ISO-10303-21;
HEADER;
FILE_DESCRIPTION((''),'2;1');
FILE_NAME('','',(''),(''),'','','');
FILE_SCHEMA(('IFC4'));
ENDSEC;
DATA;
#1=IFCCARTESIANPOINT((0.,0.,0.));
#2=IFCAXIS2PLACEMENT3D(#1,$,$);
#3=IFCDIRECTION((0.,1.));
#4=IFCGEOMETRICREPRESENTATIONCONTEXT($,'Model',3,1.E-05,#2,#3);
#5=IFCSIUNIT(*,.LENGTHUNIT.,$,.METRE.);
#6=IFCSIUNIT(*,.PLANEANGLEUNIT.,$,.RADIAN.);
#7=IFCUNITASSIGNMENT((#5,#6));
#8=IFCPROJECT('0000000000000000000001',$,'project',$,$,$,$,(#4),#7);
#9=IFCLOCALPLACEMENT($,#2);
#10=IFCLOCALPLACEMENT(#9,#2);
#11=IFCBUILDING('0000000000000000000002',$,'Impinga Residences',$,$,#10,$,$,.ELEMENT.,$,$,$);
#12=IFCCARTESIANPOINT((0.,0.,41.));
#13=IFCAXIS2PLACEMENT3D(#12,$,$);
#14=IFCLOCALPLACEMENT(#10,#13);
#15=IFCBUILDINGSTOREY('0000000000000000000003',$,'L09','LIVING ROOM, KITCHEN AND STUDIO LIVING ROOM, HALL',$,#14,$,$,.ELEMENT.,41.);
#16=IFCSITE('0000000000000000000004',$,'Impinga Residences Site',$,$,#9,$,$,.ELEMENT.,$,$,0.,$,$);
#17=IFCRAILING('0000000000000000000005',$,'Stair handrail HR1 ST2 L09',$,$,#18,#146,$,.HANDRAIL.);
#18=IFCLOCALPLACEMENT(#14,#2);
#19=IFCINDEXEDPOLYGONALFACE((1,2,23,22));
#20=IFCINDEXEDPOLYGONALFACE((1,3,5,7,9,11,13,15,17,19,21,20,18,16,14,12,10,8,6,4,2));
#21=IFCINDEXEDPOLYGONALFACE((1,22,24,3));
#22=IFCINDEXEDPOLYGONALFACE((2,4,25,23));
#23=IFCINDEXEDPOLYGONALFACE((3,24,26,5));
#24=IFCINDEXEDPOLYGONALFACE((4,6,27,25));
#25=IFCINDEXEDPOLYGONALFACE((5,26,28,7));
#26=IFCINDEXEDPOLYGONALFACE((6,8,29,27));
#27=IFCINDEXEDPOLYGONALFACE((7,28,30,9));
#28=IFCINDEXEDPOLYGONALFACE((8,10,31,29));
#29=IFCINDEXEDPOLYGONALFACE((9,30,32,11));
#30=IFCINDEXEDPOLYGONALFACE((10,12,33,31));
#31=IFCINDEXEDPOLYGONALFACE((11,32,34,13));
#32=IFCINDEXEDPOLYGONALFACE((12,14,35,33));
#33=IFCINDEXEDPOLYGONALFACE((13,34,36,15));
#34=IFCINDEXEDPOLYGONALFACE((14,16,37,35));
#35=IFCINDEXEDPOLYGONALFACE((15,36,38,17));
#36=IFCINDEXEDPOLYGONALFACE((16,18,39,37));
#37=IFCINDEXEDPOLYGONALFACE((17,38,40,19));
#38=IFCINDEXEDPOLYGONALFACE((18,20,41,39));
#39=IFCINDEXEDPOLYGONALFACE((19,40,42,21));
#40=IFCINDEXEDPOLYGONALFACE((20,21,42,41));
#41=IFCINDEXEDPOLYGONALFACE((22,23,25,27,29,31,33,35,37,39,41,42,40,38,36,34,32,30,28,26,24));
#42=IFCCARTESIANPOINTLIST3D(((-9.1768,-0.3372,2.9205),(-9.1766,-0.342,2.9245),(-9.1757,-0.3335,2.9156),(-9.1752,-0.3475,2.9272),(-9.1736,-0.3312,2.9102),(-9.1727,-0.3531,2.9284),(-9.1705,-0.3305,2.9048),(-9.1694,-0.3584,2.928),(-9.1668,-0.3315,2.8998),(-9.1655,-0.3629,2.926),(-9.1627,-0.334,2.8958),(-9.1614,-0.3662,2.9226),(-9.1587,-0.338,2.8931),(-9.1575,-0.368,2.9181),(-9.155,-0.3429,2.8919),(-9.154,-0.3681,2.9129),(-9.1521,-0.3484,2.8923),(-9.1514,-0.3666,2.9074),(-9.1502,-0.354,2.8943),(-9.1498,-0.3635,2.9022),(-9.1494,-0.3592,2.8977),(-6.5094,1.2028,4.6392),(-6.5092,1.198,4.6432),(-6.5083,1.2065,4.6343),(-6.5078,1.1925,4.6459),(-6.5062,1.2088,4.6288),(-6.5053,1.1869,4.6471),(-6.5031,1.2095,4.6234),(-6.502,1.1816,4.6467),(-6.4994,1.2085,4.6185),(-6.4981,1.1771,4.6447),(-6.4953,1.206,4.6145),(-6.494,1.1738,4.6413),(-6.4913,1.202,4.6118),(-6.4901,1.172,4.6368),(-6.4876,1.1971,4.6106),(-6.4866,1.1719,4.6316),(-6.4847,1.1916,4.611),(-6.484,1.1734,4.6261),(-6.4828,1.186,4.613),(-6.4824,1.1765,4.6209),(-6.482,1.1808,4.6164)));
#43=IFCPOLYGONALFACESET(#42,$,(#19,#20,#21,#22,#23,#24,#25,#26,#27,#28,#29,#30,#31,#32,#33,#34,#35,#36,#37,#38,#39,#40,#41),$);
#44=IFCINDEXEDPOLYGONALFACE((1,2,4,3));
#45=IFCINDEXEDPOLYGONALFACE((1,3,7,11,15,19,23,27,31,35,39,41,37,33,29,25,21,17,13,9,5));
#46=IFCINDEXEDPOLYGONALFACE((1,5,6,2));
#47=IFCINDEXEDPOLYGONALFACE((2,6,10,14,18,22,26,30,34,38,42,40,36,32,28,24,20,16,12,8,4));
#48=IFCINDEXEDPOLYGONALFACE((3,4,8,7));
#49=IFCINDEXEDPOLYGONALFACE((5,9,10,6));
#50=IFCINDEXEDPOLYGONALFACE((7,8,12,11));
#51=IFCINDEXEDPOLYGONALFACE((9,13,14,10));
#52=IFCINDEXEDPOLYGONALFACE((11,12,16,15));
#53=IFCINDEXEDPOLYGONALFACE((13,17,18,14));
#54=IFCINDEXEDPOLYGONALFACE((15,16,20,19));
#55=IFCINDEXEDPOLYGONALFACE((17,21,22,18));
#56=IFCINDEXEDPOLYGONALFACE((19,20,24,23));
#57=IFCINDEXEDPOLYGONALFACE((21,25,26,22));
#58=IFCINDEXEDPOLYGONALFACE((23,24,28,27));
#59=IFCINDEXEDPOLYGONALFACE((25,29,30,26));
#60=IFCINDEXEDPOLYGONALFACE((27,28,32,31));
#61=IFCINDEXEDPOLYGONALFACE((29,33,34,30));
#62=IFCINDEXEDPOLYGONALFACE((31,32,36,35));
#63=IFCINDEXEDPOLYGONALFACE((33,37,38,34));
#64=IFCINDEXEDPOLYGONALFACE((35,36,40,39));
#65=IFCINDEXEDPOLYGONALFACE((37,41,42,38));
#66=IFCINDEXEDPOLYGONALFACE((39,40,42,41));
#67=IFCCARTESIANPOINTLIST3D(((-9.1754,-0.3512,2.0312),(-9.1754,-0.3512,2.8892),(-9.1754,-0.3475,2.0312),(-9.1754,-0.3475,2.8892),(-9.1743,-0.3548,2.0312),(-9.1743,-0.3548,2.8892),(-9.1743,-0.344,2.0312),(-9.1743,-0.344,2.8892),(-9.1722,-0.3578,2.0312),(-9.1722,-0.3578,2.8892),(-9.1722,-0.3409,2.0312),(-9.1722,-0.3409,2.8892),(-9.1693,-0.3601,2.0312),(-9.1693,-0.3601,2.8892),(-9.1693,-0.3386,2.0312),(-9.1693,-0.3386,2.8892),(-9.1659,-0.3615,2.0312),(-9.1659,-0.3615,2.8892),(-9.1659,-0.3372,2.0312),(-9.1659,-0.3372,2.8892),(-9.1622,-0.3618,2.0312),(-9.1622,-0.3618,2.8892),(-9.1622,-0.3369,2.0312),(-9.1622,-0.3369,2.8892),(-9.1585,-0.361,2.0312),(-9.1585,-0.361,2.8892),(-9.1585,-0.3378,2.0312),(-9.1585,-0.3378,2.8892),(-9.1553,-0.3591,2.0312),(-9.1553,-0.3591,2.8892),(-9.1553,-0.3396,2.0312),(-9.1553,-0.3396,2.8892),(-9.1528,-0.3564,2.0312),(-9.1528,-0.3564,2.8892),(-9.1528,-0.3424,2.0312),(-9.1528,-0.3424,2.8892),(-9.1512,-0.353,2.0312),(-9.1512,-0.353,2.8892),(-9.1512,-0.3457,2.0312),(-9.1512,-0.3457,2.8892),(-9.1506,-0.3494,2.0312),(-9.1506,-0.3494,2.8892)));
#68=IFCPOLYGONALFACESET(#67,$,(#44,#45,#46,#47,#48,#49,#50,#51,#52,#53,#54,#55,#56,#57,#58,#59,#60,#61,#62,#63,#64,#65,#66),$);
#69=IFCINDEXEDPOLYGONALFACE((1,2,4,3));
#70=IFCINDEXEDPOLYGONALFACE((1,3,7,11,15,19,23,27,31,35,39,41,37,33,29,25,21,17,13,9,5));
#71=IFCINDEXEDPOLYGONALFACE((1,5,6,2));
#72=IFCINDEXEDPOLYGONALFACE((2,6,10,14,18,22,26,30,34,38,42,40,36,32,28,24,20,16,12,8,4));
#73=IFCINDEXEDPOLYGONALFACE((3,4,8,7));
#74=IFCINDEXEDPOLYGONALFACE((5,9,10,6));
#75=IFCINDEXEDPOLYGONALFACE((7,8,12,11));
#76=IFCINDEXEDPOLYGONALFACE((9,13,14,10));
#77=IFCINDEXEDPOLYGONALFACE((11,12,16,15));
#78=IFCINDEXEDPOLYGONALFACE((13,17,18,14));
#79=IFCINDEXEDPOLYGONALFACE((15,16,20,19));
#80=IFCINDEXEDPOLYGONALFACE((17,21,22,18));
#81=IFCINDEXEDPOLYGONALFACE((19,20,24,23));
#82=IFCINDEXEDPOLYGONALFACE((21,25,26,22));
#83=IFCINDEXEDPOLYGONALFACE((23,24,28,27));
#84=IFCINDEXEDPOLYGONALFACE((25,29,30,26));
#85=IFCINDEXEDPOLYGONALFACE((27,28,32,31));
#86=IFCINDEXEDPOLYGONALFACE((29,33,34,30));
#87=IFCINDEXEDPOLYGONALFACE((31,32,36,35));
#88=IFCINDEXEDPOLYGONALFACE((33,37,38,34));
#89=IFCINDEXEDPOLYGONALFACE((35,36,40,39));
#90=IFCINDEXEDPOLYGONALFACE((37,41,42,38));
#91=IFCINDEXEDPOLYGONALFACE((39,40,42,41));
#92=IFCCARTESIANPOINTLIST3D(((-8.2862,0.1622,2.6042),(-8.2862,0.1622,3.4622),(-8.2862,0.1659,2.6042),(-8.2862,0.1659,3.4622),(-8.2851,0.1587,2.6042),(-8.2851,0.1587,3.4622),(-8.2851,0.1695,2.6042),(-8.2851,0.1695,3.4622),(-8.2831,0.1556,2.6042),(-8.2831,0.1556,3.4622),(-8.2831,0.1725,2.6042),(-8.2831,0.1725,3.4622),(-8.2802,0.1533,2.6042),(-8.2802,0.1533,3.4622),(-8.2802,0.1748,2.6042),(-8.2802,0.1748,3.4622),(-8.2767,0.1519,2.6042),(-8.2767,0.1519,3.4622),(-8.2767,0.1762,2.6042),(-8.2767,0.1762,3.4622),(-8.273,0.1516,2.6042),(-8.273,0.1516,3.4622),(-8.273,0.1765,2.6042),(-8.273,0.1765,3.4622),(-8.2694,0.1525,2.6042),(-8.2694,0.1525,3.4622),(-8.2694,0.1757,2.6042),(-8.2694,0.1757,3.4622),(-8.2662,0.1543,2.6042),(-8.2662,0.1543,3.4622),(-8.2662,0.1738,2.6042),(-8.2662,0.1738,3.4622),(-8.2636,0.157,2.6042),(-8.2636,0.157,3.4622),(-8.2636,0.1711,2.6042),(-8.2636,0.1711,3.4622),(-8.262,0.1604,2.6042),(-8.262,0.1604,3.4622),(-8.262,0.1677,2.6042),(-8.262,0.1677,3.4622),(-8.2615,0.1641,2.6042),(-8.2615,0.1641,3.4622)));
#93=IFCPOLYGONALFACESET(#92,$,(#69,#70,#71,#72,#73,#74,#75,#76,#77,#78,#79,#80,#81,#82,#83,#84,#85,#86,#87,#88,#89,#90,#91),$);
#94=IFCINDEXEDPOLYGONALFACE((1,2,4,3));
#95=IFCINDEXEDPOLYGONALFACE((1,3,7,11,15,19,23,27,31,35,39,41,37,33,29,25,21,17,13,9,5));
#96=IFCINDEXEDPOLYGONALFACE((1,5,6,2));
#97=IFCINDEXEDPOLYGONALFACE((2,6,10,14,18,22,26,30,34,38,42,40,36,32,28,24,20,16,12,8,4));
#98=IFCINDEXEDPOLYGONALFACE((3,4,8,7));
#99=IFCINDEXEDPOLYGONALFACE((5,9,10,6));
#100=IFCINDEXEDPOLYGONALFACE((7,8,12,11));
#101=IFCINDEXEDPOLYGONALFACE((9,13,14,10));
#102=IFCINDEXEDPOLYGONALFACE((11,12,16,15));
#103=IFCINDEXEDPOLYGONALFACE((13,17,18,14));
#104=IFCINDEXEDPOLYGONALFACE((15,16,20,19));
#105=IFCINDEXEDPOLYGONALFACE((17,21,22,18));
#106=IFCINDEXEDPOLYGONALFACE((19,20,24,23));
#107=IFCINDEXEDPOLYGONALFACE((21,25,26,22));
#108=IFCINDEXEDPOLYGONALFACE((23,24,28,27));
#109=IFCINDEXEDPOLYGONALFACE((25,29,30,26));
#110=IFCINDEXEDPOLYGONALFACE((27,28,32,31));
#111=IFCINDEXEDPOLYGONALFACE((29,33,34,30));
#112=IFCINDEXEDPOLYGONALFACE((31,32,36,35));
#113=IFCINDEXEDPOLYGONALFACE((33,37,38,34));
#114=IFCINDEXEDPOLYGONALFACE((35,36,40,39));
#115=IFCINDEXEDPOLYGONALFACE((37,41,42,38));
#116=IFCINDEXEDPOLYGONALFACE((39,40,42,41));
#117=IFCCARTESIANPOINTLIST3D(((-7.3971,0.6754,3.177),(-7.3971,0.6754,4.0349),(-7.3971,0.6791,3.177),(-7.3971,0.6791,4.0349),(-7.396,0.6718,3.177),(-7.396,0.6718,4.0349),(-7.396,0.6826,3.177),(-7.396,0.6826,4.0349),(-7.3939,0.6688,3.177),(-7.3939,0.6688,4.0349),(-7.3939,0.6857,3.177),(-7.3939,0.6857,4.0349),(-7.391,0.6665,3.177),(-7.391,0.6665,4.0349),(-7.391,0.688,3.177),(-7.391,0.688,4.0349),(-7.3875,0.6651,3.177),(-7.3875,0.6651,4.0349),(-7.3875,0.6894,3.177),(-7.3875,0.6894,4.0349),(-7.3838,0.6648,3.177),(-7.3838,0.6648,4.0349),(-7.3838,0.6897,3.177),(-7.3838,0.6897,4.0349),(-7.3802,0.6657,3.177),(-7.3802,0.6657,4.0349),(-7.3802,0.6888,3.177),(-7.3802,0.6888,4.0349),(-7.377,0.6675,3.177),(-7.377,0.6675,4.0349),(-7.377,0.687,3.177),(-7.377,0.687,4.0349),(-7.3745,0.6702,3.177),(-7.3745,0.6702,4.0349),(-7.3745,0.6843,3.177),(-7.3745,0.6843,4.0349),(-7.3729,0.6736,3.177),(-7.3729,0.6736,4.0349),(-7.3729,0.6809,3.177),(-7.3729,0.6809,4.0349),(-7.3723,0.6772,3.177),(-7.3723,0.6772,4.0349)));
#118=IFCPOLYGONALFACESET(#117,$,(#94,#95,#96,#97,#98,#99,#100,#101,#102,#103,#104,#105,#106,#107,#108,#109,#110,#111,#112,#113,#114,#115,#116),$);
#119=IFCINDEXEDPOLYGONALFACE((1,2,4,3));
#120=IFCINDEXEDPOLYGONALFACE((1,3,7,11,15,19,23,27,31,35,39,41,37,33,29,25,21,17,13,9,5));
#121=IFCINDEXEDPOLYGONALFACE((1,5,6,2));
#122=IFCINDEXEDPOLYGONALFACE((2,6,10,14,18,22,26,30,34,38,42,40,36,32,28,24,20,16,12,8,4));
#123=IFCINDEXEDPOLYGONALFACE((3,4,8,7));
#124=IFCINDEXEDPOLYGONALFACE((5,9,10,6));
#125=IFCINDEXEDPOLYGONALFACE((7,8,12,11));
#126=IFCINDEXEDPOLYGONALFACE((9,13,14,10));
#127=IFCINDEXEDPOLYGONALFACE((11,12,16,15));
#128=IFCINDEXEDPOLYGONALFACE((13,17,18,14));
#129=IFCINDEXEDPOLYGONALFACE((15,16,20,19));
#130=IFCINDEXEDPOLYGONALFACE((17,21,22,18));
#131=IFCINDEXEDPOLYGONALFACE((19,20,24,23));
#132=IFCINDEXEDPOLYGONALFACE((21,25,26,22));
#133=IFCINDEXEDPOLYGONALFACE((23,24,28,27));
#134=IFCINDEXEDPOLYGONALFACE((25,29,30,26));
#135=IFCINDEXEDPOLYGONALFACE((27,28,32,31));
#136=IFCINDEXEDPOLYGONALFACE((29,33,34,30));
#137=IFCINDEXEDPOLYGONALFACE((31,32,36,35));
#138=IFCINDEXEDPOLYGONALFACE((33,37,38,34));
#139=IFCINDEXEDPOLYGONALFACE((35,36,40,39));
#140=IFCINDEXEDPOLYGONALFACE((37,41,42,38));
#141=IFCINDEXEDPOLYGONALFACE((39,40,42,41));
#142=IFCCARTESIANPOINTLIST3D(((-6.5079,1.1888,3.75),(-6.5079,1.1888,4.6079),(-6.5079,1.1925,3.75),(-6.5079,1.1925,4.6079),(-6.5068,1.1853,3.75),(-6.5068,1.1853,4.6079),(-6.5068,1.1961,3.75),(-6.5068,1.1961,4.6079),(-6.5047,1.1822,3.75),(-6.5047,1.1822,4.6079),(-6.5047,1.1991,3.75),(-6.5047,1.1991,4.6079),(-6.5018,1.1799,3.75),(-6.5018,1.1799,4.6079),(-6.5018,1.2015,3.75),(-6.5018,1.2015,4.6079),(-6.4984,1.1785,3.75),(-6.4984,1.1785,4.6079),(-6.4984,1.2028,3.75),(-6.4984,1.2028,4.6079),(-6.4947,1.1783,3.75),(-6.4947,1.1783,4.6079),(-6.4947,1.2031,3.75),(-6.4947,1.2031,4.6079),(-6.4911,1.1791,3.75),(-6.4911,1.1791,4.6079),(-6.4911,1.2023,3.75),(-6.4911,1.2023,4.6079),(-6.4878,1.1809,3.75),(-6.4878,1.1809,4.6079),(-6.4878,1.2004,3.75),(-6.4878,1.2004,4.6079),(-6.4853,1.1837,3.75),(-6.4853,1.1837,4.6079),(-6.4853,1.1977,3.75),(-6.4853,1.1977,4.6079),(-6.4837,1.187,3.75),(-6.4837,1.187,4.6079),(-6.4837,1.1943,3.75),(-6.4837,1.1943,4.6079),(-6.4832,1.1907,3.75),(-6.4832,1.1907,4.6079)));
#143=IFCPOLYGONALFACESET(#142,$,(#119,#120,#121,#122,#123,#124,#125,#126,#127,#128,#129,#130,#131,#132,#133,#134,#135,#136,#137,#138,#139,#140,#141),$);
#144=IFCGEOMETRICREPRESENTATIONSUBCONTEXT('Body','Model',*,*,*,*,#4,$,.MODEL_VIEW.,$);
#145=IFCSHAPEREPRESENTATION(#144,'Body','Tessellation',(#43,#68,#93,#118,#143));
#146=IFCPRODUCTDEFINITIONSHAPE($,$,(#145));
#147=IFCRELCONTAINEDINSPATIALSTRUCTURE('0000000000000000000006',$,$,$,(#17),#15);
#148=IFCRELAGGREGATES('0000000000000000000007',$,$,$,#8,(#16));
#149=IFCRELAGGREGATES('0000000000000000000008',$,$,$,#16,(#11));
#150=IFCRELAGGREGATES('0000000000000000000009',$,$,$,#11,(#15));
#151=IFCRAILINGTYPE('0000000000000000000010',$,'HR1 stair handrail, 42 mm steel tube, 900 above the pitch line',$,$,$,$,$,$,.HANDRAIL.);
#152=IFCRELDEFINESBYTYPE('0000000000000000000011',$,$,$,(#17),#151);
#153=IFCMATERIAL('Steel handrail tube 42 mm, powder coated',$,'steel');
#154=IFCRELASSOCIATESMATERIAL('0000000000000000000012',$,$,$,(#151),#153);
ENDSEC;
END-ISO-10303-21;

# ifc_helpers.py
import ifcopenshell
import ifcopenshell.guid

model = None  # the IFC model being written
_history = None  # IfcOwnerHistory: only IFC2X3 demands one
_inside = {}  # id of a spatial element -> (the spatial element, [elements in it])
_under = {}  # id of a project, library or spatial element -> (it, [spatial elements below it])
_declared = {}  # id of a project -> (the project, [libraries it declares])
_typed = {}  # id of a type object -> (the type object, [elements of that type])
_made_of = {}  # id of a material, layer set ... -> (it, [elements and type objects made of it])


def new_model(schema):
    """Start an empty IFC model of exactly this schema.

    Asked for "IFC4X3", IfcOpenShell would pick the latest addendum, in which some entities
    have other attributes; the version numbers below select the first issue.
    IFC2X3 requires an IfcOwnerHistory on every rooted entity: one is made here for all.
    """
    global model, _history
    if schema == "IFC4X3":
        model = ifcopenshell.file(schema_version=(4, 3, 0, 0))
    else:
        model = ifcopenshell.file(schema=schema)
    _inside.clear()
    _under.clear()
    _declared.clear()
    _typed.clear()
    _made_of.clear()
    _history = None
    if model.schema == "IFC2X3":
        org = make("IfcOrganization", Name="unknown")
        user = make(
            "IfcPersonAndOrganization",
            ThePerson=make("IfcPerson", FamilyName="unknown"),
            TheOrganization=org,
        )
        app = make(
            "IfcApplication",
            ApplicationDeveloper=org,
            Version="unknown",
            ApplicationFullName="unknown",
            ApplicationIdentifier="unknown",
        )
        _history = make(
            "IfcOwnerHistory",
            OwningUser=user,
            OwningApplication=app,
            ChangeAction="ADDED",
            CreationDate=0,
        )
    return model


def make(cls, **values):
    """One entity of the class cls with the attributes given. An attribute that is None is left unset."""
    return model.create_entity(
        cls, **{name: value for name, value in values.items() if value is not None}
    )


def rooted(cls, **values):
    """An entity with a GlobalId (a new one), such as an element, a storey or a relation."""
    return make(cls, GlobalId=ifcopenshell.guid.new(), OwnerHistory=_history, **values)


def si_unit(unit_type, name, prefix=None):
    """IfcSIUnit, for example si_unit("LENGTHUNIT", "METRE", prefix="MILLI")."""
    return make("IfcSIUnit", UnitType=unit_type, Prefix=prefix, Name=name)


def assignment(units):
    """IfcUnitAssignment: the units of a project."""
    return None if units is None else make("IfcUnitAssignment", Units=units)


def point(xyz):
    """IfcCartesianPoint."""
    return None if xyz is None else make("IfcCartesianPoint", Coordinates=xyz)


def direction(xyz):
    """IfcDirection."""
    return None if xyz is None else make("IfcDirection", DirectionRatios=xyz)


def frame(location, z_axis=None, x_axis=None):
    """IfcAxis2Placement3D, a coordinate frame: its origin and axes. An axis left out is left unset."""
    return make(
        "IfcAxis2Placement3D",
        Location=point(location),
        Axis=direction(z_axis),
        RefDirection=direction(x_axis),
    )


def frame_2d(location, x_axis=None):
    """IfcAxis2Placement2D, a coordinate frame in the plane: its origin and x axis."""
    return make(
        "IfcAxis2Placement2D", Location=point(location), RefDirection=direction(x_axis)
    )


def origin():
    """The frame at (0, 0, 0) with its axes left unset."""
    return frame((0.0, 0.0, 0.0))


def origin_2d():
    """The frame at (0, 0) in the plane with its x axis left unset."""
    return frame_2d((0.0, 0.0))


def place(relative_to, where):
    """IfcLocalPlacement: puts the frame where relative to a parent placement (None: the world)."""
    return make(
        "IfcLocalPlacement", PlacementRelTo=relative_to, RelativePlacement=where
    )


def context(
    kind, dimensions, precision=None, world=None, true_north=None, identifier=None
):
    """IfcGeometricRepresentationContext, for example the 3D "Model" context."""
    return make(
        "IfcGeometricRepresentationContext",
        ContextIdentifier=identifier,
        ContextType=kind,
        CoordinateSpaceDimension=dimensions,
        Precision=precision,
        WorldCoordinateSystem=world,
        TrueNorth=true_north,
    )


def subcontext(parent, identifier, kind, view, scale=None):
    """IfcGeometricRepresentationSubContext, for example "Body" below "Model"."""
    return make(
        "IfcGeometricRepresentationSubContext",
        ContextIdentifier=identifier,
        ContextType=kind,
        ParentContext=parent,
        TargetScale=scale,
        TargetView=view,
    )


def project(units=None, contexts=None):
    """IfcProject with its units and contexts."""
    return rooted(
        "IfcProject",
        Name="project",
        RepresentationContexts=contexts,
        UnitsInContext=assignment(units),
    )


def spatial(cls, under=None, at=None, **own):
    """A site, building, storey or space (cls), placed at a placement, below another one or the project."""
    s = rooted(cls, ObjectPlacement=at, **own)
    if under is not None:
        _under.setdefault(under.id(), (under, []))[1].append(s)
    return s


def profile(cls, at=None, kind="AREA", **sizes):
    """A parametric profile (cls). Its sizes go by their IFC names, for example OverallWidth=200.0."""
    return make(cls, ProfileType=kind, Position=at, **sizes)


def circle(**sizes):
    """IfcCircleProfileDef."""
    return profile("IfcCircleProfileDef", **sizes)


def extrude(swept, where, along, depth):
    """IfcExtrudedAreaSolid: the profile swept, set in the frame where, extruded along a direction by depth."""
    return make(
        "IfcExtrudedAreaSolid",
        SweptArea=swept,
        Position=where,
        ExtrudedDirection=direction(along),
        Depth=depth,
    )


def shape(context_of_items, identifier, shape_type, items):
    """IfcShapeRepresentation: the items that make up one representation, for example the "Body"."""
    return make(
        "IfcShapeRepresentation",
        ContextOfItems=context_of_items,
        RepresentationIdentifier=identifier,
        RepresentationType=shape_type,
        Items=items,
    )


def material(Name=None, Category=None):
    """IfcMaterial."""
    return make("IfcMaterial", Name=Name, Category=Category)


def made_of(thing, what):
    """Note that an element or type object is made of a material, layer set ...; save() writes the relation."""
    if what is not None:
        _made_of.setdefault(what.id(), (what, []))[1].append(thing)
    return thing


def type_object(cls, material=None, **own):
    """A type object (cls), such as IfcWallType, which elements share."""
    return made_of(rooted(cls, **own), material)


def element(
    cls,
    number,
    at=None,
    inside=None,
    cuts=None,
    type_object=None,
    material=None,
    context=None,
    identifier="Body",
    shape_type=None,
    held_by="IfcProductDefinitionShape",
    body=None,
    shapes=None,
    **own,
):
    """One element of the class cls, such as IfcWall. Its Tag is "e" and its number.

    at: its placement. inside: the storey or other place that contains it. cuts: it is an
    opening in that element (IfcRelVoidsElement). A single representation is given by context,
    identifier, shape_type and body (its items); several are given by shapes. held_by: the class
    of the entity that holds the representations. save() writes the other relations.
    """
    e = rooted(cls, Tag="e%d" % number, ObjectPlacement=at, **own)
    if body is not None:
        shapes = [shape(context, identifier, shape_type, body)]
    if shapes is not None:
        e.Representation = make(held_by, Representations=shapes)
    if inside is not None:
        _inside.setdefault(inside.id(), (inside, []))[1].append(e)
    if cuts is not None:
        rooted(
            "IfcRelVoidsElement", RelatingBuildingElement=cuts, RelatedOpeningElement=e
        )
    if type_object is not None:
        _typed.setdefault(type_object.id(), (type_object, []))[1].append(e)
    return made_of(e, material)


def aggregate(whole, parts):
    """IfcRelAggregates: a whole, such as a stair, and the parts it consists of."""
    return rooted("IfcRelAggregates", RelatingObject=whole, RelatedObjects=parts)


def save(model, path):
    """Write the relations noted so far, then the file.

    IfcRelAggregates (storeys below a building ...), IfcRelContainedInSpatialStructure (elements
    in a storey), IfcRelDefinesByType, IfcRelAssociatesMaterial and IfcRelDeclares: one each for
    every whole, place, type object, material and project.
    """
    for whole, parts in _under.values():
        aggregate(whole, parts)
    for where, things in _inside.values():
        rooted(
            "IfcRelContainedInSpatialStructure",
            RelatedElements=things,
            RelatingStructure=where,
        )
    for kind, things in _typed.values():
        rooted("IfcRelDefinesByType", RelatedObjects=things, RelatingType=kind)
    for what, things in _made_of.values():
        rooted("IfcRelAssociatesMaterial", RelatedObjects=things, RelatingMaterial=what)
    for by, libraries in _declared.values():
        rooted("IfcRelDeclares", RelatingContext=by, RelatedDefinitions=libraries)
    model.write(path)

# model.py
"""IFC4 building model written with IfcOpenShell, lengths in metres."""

from ifc_helpers import new_model, si_unit, direction, frame, origin, origin_2d, place, context, subcontext, project, spatial, circle, extrude, material, type_object, element, save


model = new_model("IFC4")

# Units and contexts
model_context = context("Model", 3, precision=1e-05, world=origin(), true_north=direction((0.0, 1.0)))
body_context = subcontext(model_context, "Body", "Model", "MODEL_VIEW")
ifc_project = project(units=[si_unit("LENGTHUNIT", "METRE"), si_unit("PLANEANGLEUNIT", "RADIAN")], contexts=[model_context])

# Site, building, storey
site_placement = place(None, origin())
site = spatial("IfcSite", under=ifc_project, at=site_placement, Name="Impinga Residences Site", CompositionType="ELEMENT", RefElevation=0.0)
building_placement = place(site_placement, origin())
building = spatial("IfcBuilding", under=site, at=building_placement, Name="Impinga Residences", CompositionType="ELEMENT")
storey_placement = place(building_placement, frame((0.0, 0.0, 41.0)))
storey = spatial("IfcBuildingStorey", under=building, at=storey_placement, Name="L09", Description="LIVING ROOM, KITCHEN AND STUDIO LIVING ROOM, HALL", CompositionType="ELEMENT", Elevation=41.0)

# Railing
ifc_material_1 = material(Name="Steel handrail tube 42 mm, powder coated", Category="steel")
railing_type = type_object("IfcRailingType", Name="HR1 stair handrail, 42 mm steel tube, 900 above the pitch line", PredefinedType="HANDRAIL", material=ifc_material_1)
railing_placement = place(storey_placement, frame((-9.1631, -0.3494, 2.0312)))
element("IfcRailing", 1, at=railing_placement, inside=storey, type_object=railing_type, Name="Stair handrail HR1 ST2 L09", PredefinedType="HANDRAIL", context=body_context, shape_type="SweptSolid", body=[
    extrude(circle(Radius=0.021, at=origin_2d()), frame((0.0, 0.0, 0.8789), z_axis=(0.756256, 0.436616, 0.487282), x_axis=(-0.499992, 0.86603, 0.0)), (0.0, 0.0, 1.0), 3.5271),
    extrude(circle(Radius=0.0125, at=origin_2d()), origin(), (0.0, 0.0, 1.0), 0.8579),
    extrude(circle(Radius=0.0125, at=origin_2d()), frame((0.8892, 0.5134, 0.573)), (0.0, 0.0, 1.0), 0.8579),
    extrude(circle(Radius=0.0125, at=origin_2d()), frame((1.7783, 1.0266, 1.1458)), (0.0, 0.0, 1.0), 0.8579),
    extrude(circle(Radius=0.0125, at=origin_2d()), frame((2.6675, 1.54, 1.7188)), (0.0, 0.0, 1.0), 0.8579),
])

save(model, "model.ifc")
